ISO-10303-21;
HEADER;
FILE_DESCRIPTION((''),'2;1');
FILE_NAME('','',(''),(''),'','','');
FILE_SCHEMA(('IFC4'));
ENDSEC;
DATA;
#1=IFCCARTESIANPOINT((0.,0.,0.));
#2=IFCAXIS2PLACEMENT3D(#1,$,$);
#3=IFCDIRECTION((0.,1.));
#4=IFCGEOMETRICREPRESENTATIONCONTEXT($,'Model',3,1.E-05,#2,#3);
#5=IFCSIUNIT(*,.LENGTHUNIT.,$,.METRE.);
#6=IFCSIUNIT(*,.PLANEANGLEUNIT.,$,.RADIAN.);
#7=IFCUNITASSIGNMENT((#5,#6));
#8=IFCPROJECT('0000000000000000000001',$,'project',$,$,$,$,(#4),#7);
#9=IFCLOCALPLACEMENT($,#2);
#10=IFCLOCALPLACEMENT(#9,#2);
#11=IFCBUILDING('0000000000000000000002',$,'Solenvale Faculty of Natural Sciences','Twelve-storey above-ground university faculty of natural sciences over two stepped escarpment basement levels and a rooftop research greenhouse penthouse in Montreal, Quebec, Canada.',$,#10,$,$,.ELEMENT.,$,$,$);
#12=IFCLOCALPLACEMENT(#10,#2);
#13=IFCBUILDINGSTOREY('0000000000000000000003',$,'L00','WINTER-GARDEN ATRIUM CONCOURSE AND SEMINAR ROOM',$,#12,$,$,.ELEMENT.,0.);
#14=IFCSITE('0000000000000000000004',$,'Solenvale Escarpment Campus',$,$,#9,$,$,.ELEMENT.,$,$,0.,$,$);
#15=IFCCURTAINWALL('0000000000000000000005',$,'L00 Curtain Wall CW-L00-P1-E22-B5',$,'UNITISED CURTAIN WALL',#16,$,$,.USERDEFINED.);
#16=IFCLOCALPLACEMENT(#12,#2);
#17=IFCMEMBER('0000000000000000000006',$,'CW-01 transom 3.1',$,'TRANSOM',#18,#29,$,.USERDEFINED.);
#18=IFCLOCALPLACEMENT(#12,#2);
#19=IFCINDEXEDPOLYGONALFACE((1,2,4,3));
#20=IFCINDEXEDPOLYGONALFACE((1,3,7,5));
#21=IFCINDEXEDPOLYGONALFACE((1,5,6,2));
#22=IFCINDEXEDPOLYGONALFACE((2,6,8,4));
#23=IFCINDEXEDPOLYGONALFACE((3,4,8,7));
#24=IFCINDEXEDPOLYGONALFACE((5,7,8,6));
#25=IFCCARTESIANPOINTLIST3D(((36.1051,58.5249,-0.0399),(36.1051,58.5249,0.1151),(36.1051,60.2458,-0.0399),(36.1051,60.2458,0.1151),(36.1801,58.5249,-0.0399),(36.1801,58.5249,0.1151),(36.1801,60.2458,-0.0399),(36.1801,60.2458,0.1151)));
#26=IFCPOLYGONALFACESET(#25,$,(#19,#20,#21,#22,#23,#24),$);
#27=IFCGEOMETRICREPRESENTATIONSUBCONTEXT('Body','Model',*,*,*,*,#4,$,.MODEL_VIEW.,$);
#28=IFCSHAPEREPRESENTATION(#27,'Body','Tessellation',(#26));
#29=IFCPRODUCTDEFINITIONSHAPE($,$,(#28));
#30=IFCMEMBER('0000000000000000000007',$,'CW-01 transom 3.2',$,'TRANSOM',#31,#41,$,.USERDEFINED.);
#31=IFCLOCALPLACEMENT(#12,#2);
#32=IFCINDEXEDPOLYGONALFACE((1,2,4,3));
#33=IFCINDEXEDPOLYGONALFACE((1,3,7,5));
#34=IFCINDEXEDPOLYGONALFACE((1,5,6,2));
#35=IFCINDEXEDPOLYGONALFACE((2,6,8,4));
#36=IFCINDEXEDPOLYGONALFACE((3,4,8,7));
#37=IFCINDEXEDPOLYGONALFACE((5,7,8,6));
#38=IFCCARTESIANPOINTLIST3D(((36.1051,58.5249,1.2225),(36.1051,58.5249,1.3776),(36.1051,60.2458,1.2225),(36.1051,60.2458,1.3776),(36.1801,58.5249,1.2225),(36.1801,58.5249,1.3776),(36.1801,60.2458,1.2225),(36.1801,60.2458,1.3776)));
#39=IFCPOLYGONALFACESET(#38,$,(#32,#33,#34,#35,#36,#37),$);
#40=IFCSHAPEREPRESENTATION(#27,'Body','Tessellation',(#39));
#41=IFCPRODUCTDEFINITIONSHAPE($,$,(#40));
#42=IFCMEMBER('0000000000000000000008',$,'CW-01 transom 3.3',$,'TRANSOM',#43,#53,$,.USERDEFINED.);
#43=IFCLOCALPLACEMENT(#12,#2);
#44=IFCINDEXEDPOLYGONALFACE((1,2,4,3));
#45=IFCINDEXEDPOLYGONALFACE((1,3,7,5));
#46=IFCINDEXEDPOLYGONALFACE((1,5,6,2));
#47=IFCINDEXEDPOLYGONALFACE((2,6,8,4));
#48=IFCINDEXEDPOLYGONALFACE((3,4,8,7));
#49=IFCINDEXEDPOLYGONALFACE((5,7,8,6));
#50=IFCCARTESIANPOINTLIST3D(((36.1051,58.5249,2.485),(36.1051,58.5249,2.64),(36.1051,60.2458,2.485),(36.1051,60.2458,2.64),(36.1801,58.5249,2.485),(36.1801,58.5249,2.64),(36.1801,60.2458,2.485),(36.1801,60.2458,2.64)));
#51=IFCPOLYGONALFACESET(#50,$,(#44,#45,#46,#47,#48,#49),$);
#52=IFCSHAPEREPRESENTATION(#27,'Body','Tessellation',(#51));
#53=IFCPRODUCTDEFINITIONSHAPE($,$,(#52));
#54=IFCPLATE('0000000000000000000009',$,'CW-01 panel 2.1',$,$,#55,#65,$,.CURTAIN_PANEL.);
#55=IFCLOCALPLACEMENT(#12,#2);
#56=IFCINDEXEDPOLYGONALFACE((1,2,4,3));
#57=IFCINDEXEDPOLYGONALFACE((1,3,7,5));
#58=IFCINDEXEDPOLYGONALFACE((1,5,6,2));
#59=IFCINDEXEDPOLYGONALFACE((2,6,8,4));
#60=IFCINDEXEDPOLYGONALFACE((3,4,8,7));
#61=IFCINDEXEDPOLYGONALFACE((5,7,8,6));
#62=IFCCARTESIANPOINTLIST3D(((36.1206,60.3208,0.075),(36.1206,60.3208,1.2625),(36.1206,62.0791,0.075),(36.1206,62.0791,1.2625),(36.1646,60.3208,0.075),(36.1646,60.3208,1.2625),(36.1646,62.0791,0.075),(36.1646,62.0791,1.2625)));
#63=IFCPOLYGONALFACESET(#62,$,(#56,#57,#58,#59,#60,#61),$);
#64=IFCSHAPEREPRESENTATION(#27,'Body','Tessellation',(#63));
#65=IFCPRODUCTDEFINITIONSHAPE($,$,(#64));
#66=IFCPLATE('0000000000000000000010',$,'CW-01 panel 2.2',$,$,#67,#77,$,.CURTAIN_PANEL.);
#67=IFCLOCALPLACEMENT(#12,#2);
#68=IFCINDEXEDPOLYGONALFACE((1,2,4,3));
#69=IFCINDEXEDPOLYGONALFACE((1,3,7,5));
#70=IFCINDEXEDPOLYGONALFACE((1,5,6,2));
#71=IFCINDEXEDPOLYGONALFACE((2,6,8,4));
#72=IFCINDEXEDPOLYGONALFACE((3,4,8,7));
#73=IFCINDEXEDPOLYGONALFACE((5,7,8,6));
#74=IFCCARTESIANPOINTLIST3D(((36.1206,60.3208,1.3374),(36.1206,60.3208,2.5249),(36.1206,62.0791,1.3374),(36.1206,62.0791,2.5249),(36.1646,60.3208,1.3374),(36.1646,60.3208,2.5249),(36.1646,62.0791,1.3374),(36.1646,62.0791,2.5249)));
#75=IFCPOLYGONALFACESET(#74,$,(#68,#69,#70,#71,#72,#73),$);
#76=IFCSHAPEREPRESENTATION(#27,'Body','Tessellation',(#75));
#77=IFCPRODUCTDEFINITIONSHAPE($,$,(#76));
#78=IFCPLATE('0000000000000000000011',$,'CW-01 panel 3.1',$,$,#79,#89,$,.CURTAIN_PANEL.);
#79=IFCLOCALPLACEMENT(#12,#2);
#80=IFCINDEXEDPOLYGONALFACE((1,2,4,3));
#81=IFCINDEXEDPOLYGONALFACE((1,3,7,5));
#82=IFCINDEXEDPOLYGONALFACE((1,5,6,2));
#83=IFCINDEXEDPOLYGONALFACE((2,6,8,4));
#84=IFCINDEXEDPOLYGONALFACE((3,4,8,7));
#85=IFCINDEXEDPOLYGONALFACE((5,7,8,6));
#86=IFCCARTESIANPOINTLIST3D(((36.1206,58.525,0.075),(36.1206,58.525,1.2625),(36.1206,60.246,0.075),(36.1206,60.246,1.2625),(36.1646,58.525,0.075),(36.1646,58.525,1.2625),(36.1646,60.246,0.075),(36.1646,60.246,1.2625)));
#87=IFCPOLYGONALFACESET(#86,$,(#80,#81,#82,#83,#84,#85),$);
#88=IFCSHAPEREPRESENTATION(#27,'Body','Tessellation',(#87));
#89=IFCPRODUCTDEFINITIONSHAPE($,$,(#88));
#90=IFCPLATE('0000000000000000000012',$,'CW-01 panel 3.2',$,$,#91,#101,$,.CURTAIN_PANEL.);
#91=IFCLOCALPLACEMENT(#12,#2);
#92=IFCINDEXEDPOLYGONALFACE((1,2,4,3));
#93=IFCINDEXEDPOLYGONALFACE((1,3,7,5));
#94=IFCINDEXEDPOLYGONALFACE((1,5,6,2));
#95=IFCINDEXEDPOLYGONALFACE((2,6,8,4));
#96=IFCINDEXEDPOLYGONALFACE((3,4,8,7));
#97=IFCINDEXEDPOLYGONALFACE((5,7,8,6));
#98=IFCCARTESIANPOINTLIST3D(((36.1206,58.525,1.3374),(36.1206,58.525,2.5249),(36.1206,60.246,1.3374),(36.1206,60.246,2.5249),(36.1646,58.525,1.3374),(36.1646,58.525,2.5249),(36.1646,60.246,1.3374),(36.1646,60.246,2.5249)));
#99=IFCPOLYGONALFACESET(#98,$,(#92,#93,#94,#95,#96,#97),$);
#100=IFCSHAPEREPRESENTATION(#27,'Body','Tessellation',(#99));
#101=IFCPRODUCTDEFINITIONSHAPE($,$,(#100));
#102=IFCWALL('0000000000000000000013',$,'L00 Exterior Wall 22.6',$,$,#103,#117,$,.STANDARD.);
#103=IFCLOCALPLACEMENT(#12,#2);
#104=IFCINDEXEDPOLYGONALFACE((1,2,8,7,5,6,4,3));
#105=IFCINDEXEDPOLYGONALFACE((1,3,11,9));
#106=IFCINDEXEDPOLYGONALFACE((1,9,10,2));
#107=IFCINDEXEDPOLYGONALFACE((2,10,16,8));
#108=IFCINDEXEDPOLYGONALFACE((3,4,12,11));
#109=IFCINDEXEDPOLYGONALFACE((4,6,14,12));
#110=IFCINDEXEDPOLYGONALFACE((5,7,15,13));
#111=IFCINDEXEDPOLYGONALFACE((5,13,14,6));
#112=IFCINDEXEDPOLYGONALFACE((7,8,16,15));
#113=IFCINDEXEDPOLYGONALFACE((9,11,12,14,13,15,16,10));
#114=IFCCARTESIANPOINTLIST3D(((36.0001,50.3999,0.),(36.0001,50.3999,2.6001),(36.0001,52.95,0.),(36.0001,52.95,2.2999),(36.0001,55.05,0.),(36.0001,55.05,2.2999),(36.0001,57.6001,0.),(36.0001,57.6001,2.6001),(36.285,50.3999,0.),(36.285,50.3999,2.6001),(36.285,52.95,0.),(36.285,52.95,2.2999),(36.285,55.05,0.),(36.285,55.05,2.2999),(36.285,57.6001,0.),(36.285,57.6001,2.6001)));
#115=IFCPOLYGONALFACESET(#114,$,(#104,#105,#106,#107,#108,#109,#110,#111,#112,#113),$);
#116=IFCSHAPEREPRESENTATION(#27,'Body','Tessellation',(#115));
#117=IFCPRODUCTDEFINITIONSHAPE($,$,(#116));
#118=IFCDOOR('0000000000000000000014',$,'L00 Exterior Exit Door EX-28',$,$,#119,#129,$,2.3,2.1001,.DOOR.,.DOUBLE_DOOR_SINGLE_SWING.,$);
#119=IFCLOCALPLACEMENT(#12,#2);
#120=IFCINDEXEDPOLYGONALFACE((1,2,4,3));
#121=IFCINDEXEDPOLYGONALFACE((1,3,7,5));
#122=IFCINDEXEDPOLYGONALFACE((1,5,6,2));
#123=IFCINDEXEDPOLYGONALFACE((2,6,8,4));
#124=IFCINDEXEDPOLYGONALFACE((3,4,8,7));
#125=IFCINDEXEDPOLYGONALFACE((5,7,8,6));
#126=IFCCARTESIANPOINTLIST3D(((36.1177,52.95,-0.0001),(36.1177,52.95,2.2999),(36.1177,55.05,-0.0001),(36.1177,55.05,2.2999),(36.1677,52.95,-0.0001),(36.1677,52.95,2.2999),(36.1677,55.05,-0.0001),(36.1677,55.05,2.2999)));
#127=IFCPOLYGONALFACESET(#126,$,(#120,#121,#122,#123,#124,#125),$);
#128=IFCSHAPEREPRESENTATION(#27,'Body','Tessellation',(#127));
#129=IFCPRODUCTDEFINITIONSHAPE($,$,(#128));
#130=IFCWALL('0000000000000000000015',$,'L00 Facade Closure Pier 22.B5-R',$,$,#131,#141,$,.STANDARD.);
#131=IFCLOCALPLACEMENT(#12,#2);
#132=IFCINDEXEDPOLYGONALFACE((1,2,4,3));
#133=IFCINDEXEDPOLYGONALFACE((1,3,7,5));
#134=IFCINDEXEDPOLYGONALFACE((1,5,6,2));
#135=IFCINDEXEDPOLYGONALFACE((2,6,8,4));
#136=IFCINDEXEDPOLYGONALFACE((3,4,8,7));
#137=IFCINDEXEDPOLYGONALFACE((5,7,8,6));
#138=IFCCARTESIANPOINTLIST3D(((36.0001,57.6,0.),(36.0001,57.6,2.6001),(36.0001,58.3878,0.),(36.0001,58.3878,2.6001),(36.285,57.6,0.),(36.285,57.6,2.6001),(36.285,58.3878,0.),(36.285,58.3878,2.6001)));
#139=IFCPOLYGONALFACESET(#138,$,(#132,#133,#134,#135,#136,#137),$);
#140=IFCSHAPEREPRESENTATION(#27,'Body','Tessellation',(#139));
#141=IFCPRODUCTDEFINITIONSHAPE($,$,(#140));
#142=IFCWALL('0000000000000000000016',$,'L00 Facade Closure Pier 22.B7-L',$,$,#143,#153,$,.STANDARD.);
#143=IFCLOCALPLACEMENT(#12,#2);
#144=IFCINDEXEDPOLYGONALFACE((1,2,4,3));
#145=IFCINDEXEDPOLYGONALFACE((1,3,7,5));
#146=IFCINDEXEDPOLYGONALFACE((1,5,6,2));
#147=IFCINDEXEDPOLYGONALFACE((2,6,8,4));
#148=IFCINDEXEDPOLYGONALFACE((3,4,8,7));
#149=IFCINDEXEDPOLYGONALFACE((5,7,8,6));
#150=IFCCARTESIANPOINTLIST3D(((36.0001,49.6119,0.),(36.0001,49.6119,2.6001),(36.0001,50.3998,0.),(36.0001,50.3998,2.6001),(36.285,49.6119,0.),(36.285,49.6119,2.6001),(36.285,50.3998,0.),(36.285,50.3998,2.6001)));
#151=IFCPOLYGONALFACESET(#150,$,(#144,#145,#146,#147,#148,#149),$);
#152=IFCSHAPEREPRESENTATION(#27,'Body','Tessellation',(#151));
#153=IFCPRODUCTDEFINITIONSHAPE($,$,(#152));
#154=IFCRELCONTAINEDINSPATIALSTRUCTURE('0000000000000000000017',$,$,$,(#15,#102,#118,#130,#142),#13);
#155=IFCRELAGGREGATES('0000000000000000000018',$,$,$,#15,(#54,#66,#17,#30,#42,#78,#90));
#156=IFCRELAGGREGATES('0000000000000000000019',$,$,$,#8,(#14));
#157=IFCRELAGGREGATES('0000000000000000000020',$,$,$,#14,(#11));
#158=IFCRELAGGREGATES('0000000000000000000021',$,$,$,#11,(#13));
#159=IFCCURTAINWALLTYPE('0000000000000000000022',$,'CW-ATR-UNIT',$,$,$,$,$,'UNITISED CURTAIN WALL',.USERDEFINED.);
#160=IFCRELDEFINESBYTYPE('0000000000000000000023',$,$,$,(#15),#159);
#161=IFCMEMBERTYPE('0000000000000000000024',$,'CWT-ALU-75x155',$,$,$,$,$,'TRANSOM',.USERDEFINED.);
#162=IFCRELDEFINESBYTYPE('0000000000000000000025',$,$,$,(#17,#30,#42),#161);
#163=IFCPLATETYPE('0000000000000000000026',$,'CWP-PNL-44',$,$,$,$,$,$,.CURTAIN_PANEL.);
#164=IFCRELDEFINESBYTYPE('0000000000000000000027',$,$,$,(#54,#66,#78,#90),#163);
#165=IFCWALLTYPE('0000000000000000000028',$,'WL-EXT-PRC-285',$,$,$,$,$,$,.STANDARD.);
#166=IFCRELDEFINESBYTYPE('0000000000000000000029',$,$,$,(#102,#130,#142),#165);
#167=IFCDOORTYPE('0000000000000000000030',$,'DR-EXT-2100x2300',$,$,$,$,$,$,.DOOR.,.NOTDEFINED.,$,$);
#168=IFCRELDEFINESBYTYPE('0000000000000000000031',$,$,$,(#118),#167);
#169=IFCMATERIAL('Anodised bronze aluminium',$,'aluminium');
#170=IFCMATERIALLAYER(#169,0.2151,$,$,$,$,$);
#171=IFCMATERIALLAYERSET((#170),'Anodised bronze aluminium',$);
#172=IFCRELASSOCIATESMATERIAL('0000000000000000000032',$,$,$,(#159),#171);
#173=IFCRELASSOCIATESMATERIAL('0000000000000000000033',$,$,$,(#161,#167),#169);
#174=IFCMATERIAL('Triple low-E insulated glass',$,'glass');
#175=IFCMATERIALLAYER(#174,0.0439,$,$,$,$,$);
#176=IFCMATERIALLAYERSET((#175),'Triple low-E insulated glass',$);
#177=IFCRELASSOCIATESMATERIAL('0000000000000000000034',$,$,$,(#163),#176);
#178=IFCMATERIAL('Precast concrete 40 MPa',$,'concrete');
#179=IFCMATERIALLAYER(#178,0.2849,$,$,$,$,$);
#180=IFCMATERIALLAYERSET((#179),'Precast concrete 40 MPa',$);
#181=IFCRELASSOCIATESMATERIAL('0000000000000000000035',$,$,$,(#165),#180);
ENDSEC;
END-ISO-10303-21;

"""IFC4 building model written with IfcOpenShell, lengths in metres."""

from ifc_helpers import new_model, si_unit, direction, frame, frame_2d, origin, origin_2d, place, context, subcontext, project, spatial, rectangle, extrude, material, layer, layer_set, material_profile, profile_set, type_object, element, fill, aggregate, save


model = new_model("IFC4")

# Units and contexts
model_context = context("Model", 3, precision=1e-05, world=origin(), true_north=direction((0.0, 1.0)))
body_context = subcontext(model_context, "Body", "Model", "MODEL_VIEW")
ifc_project = project(units=[si_unit("LENGTHUNIT", "METRE"), si_unit("PLANEANGLEUNIT", "RADIAN")], contexts=[model_context])

# Site, building, storey
site_placement = place(None, origin())
site = spatial("IfcSite", under=ifc_project, at=site_placement, Name="Solenvale Escarpment Campus", CompositionType="ELEMENT", RefElevation=0.0)
building_placement = place(site_placement, origin())
building = spatial("IfcBuilding", under=site, at=building_placement, Name="Solenvale Faculty of Natural Sciences", Description="Twelve-storey above-ground university faculty of natural sciences over two stepped escarpment basement levels and a rooftop research greenhouse penthouse in Montreal, Quebec, Canada.", CompositionType="ELEMENT")
storey_placement = place(building_placement, origin())
storey = spatial("IfcBuildingStorey", under=building, at=storey_placement, Name="L00", Description="WINTER-GARDEN ATRIUM CONCOURSE AND SEMINAR ROOM", CompositionType="ELEMENT", Elevation=0.0)

# Curtain wall, members, plates
ifc_material_1 = material(Name="Anodised bronze aluminium", Category="aluminium")
ifc_layer_1 = layer(ifc_material_1, 0.2151)
ifc_layer_set_1 = layer_set([ifc_layer_1], Name="Anodised bronze aluminium")
curtain_wall_type = type_object("IfcCurtainWallType", Name="CW-ATR-UNIT", ElementType="UNITISED CURTAIN WALL", PredefinedType="USERDEFINED", material=ifc_layer_set_1)
curtain_wall_placement = place(storey_placement, origin())
curtain_wall = element("IfcCurtainWall", 1, at=curtain_wall_placement, inside=storey, type_object=curtain_wall_type, Name="L00 Curtain Wall CW-L00-P1-E22-B5", ObjectType="UNITISED CURTAIN WALL", PredefinedType="USERDEFINED")
ifc_material_profile_1 = material_profile(ifc_material_1, rectangle(XDim=0.075, YDim=0.155, at=origin_2d()), Name="ALU-TRN-75x155")
ifc_profile_set_1 = profile_set([ifc_material_profile_1], Name="Anodised bronze aluminium")
member_type_1 = type_object("IfcMemberType", Name="CWT-ALU-75x155", ElementType="TRANSOM", PredefinedType="USERDEFINED", material=ifc_profile_set_1)
member_1_placement = place(storey_placement, frame((36.1426, 60.2458, 0.0376), z_axis=(0.0, -1.0, 0.0), x_axis=(1.0, 0.0, 0.0)))
member_1 = element("IfcMember", 2, at=member_1_placement, type_object=member_type_1, Name="CW-01 transom 3.1", ObjectType="TRANSOM", PredefinedType="USERDEFINED", context=body_context, shape_type="SweptSolid", body=[
    extrude(rectangle(XDim=0.075, YDim=0.155, at=origin_2d()), origin(), (0.0, 0.0, 1.0), 1.7209),
])
member_2_placement = place(storey_placement, frame((36.1426, 60.2458, 1.3), z_axis=(0.0, -1.0, 0.0), x_axis=(1.0, 0.0, 0.0)))
member_2 = element("IfcMember", 3, at=member_2_placement, type_object=member_type_1, Name="CW-01 transom 3.2", ObjectType="TRANSOM", PredefinedType="USERDEFINED", context=body_context, shape_type="SweptSolid", body=[
    extrude(rectangle(XDim=0.075, YDim=0.155, at=origin_2d()), origin(), (0.0, 0.0, 1.0), 1.7209),
])
member_3_placement = place(storey_placement, frame((36.1426, 60.2458, 2.5625), z_axis=(0.0, -1.0, 0.0), x_axis=(1.0, 0.0, 0.0)))
member_3 = element("IfcMember", 4, at=member_3_placement, type_object=member_type_1, Name="CW-01 transom 3.3", ObjectType="TRANSOM", PredefinedType="USERDEFINED", context=body_context, shape_type="SweptSolid", body=[
    extrude(rectangle(XDim=0.075, YDim=0.155, at=origin_2d()), origin(), (0.0, 0.0, 1.0), 1.7209),
])
ifc_material_2 = material(Name="Triple low-E insulated glass", Category="glass")
ifc_layer_2 = layer(ifc_material_2, 0.0439)
ifc_layer_set_2 = layer_set([ifc_layer_2], Name="Triple low-E insulated glass")
plate_type = type_object("IfcPlateType", Name="CWP-PNL-44", PredefinedType="CURTAIN_PANEL", material=ifc_layer_set_2)
plate_1_placement = place(storey_placement, frame((36.1426, 61.2, 0.075), z_axis=(0.0, 0.0, 1.0), x_axis=(0.0, -1.0, 0.0)))
plate_1 = element("IfcPlate", 5, at=plate_1_placement, type_object=plate_type, Name="CW-01 panel 2.1", PredefinedType="CURTAIN_PANEL", context=body_context, shape_type="SweptSolid", body=[
    extrude(rectangle(XDim=1.7583, YDim=0.0439, at=origin_2d()), origin(), (0.0, 0.0, 1.0), 1.1875),
])
plate_2_placement = place(storey_placement, frame((36.1426, 61.2, 1.3374), z_axis=(0.0, 0.0, 1.0), x_axis=(0.0, -1.0, 0.0)))
plate_2 = element("IfcPlate", 6, at=plate_2_placement, type_object=plate_type, Name="CW-01 panel 2.2", PredefinedType="CURTAIN_PANEL", context=body_context, shape_type="SweptSolid", body=[
    extrude(rectangle(XDim=1.7583, YDim=0.0439, at=origin_2d()), origin(), (0.0, 0.0, 1.0), 1.1875),
])
plate_3_placement = place(storey_placement, frame((36.1426, 59.3855, 0.075), z_axis=(0.0, 0.0, 1.0), x_axis=(0.0, -1.0, 0.0)))
plate_3 = element("IfcPlate", 7, at=plate_3_placement, type_object=plate_type, Name="CW-01 panel 3.1", PredefinedType="CURTAIN_PANEL", context=body_context, shape_type="SweptSolid", body=[
    extrude(rectangle(XDim=1.7209, YDim=0.0439, at=origin_2d()), origin(), (0.0, 0.0, 1.0), 1.1875),
])
plate_4_placement = place(storey_placement, frame((36.1426, 59.3855, 1.3374), z_axis=(0.0, 0.0, 1.0), x_axis=(0.0, -1.0, 0.0)))
plate_4 = element("IfcPlate", 8, at=plate_4_placement, type_object=plate_type, Name="CW-01 panel 3.2", PredefinedType="CURTAIN_PANEL", context=body_context, shape_type="SweptSolid", body=[
    extrude(rectangle(XDim=1.7209, YDim=0.0439, at=origin_2d()), origin(), (0.0, 0.0, 1.0), 1.1875),
])
aggregate(curtain_wall, [plate_1, plate_2, member_1, member_2, member_3, plate_3, plate_4])

# Wall, opening, door
ifc_material_3 = material(Name="Precast concrete 40 MPa", Category="concrete")
ifc_layer_3 = layer(ifc_material_3, 0.2849)
ifc_layer_set_3 = layer_set([ifc_layer_3], Name="Precast concrete 40 MPa")
wall_type = type_object("IfcWallType", Name="WL-EXT-PRC-285", PredefinedType="STANDARD", material=ifc_layer_set_3)
wall_placement = place(storey_placement, frame((36.1426, 50.3999, 0.0), z_axis=(0.0, 0.0, 1.0), x_axis=(0.0, 1.0, 0.0)))
wall = element("IfcWall", 9, at=wall_placement, inside=storey, type_object=wall_type, Name="L00 Exterior Wall 22.6", PredefinedType="STANDARD", context=body_context, shape_type="SweptSolid", body=[
    extrude(rectangle(XDim=7.2002, YDim=0.2849, at=frame_2d((3.6001, 0.0))), origin(), (0.0, 0.0, 1.0), 2.6001),
])
opening_placement = place(wall_placement, frame((2.55, 0.0, 0.0)))
opening = element("IfcOpeningElement", 10, at=opening_placement, cuts=wall, PredefinedType="OPENING", context=body_context, shape_type="SweptSolid", body=[
    extrude(rectangle(XDim=2.1001, YDim=2.3, at=frame_2d((1.05, 1.1499))), frame((0.0, 0.1523, 0.0), z_axis=(0.0, -1.0, 0.0), x_axis=(1.0, 0.0, 0.0)), (0.0, 0.0, 1.0), 0.3049),
])
door_type = type_object("IfcDoorType", Name="DR-EXT-2100x2300", OperationType="NOTDEFINED", PredefinedType="DOOR", material=ifc_material_1)
door_placement = place(opening_placement, origin())
door = element("IfcDoor", 11, at=door_placement, inside=storey, type_object=door_type, Name="L00 Exterior Exit Door EX-28", OperationType="DOUBLE_DOOR_SINGLE_SWING", OverallHeight=2.3, OverallWidth=2.1001, PredefinedType="DOOR", context=body_context, shape_type="SweptSolid", body=[
    extrude(rectangle(XDim=2.1001, YDim=2.3, at=frame_2d((1.05, 1.1499))), frame((0.0, 0.0249, 0.0), z_axis=(0.0, -1.0, 0.0), x_axis=(1.0, 0.0, 0.0)), (0.0, 0.0, 1.0), 0.05),
])
fill(opening, door)

# Walls
for number, where, z_axis, x_axis, name in (
    (12, (36.1426, 58.3879, 0.0), (0.0, 0.0, 1.0), (0.0, -1.0, 0.0), "L00 Facade Closure Pier 22.B5-R"),
    (13, (36.1426, 50.3999, 0.0), (0.0, 0.0, 1.0), (0.0, -1.0, 0.0), "L00 Facade Closure Pier 22.B7-L"),
):
    element("IfcWall", number, at=place(storey_placement, frame(where, z_axis=z_axis, x_axis=x_axis)), inside=storey, type_object=wall_type, Name=name, PredefinedType="STANDARD", context=body_context, shape_type="SweptSolid", body=[
        extrude(rectangle(XDim=0.7878, YDim=0.2849, at=frame_2d((0.394, 0.0))), origin(), (0.0, 0.0, 1.0), 2.6001),
    ])

save(model, "model.ifc")
